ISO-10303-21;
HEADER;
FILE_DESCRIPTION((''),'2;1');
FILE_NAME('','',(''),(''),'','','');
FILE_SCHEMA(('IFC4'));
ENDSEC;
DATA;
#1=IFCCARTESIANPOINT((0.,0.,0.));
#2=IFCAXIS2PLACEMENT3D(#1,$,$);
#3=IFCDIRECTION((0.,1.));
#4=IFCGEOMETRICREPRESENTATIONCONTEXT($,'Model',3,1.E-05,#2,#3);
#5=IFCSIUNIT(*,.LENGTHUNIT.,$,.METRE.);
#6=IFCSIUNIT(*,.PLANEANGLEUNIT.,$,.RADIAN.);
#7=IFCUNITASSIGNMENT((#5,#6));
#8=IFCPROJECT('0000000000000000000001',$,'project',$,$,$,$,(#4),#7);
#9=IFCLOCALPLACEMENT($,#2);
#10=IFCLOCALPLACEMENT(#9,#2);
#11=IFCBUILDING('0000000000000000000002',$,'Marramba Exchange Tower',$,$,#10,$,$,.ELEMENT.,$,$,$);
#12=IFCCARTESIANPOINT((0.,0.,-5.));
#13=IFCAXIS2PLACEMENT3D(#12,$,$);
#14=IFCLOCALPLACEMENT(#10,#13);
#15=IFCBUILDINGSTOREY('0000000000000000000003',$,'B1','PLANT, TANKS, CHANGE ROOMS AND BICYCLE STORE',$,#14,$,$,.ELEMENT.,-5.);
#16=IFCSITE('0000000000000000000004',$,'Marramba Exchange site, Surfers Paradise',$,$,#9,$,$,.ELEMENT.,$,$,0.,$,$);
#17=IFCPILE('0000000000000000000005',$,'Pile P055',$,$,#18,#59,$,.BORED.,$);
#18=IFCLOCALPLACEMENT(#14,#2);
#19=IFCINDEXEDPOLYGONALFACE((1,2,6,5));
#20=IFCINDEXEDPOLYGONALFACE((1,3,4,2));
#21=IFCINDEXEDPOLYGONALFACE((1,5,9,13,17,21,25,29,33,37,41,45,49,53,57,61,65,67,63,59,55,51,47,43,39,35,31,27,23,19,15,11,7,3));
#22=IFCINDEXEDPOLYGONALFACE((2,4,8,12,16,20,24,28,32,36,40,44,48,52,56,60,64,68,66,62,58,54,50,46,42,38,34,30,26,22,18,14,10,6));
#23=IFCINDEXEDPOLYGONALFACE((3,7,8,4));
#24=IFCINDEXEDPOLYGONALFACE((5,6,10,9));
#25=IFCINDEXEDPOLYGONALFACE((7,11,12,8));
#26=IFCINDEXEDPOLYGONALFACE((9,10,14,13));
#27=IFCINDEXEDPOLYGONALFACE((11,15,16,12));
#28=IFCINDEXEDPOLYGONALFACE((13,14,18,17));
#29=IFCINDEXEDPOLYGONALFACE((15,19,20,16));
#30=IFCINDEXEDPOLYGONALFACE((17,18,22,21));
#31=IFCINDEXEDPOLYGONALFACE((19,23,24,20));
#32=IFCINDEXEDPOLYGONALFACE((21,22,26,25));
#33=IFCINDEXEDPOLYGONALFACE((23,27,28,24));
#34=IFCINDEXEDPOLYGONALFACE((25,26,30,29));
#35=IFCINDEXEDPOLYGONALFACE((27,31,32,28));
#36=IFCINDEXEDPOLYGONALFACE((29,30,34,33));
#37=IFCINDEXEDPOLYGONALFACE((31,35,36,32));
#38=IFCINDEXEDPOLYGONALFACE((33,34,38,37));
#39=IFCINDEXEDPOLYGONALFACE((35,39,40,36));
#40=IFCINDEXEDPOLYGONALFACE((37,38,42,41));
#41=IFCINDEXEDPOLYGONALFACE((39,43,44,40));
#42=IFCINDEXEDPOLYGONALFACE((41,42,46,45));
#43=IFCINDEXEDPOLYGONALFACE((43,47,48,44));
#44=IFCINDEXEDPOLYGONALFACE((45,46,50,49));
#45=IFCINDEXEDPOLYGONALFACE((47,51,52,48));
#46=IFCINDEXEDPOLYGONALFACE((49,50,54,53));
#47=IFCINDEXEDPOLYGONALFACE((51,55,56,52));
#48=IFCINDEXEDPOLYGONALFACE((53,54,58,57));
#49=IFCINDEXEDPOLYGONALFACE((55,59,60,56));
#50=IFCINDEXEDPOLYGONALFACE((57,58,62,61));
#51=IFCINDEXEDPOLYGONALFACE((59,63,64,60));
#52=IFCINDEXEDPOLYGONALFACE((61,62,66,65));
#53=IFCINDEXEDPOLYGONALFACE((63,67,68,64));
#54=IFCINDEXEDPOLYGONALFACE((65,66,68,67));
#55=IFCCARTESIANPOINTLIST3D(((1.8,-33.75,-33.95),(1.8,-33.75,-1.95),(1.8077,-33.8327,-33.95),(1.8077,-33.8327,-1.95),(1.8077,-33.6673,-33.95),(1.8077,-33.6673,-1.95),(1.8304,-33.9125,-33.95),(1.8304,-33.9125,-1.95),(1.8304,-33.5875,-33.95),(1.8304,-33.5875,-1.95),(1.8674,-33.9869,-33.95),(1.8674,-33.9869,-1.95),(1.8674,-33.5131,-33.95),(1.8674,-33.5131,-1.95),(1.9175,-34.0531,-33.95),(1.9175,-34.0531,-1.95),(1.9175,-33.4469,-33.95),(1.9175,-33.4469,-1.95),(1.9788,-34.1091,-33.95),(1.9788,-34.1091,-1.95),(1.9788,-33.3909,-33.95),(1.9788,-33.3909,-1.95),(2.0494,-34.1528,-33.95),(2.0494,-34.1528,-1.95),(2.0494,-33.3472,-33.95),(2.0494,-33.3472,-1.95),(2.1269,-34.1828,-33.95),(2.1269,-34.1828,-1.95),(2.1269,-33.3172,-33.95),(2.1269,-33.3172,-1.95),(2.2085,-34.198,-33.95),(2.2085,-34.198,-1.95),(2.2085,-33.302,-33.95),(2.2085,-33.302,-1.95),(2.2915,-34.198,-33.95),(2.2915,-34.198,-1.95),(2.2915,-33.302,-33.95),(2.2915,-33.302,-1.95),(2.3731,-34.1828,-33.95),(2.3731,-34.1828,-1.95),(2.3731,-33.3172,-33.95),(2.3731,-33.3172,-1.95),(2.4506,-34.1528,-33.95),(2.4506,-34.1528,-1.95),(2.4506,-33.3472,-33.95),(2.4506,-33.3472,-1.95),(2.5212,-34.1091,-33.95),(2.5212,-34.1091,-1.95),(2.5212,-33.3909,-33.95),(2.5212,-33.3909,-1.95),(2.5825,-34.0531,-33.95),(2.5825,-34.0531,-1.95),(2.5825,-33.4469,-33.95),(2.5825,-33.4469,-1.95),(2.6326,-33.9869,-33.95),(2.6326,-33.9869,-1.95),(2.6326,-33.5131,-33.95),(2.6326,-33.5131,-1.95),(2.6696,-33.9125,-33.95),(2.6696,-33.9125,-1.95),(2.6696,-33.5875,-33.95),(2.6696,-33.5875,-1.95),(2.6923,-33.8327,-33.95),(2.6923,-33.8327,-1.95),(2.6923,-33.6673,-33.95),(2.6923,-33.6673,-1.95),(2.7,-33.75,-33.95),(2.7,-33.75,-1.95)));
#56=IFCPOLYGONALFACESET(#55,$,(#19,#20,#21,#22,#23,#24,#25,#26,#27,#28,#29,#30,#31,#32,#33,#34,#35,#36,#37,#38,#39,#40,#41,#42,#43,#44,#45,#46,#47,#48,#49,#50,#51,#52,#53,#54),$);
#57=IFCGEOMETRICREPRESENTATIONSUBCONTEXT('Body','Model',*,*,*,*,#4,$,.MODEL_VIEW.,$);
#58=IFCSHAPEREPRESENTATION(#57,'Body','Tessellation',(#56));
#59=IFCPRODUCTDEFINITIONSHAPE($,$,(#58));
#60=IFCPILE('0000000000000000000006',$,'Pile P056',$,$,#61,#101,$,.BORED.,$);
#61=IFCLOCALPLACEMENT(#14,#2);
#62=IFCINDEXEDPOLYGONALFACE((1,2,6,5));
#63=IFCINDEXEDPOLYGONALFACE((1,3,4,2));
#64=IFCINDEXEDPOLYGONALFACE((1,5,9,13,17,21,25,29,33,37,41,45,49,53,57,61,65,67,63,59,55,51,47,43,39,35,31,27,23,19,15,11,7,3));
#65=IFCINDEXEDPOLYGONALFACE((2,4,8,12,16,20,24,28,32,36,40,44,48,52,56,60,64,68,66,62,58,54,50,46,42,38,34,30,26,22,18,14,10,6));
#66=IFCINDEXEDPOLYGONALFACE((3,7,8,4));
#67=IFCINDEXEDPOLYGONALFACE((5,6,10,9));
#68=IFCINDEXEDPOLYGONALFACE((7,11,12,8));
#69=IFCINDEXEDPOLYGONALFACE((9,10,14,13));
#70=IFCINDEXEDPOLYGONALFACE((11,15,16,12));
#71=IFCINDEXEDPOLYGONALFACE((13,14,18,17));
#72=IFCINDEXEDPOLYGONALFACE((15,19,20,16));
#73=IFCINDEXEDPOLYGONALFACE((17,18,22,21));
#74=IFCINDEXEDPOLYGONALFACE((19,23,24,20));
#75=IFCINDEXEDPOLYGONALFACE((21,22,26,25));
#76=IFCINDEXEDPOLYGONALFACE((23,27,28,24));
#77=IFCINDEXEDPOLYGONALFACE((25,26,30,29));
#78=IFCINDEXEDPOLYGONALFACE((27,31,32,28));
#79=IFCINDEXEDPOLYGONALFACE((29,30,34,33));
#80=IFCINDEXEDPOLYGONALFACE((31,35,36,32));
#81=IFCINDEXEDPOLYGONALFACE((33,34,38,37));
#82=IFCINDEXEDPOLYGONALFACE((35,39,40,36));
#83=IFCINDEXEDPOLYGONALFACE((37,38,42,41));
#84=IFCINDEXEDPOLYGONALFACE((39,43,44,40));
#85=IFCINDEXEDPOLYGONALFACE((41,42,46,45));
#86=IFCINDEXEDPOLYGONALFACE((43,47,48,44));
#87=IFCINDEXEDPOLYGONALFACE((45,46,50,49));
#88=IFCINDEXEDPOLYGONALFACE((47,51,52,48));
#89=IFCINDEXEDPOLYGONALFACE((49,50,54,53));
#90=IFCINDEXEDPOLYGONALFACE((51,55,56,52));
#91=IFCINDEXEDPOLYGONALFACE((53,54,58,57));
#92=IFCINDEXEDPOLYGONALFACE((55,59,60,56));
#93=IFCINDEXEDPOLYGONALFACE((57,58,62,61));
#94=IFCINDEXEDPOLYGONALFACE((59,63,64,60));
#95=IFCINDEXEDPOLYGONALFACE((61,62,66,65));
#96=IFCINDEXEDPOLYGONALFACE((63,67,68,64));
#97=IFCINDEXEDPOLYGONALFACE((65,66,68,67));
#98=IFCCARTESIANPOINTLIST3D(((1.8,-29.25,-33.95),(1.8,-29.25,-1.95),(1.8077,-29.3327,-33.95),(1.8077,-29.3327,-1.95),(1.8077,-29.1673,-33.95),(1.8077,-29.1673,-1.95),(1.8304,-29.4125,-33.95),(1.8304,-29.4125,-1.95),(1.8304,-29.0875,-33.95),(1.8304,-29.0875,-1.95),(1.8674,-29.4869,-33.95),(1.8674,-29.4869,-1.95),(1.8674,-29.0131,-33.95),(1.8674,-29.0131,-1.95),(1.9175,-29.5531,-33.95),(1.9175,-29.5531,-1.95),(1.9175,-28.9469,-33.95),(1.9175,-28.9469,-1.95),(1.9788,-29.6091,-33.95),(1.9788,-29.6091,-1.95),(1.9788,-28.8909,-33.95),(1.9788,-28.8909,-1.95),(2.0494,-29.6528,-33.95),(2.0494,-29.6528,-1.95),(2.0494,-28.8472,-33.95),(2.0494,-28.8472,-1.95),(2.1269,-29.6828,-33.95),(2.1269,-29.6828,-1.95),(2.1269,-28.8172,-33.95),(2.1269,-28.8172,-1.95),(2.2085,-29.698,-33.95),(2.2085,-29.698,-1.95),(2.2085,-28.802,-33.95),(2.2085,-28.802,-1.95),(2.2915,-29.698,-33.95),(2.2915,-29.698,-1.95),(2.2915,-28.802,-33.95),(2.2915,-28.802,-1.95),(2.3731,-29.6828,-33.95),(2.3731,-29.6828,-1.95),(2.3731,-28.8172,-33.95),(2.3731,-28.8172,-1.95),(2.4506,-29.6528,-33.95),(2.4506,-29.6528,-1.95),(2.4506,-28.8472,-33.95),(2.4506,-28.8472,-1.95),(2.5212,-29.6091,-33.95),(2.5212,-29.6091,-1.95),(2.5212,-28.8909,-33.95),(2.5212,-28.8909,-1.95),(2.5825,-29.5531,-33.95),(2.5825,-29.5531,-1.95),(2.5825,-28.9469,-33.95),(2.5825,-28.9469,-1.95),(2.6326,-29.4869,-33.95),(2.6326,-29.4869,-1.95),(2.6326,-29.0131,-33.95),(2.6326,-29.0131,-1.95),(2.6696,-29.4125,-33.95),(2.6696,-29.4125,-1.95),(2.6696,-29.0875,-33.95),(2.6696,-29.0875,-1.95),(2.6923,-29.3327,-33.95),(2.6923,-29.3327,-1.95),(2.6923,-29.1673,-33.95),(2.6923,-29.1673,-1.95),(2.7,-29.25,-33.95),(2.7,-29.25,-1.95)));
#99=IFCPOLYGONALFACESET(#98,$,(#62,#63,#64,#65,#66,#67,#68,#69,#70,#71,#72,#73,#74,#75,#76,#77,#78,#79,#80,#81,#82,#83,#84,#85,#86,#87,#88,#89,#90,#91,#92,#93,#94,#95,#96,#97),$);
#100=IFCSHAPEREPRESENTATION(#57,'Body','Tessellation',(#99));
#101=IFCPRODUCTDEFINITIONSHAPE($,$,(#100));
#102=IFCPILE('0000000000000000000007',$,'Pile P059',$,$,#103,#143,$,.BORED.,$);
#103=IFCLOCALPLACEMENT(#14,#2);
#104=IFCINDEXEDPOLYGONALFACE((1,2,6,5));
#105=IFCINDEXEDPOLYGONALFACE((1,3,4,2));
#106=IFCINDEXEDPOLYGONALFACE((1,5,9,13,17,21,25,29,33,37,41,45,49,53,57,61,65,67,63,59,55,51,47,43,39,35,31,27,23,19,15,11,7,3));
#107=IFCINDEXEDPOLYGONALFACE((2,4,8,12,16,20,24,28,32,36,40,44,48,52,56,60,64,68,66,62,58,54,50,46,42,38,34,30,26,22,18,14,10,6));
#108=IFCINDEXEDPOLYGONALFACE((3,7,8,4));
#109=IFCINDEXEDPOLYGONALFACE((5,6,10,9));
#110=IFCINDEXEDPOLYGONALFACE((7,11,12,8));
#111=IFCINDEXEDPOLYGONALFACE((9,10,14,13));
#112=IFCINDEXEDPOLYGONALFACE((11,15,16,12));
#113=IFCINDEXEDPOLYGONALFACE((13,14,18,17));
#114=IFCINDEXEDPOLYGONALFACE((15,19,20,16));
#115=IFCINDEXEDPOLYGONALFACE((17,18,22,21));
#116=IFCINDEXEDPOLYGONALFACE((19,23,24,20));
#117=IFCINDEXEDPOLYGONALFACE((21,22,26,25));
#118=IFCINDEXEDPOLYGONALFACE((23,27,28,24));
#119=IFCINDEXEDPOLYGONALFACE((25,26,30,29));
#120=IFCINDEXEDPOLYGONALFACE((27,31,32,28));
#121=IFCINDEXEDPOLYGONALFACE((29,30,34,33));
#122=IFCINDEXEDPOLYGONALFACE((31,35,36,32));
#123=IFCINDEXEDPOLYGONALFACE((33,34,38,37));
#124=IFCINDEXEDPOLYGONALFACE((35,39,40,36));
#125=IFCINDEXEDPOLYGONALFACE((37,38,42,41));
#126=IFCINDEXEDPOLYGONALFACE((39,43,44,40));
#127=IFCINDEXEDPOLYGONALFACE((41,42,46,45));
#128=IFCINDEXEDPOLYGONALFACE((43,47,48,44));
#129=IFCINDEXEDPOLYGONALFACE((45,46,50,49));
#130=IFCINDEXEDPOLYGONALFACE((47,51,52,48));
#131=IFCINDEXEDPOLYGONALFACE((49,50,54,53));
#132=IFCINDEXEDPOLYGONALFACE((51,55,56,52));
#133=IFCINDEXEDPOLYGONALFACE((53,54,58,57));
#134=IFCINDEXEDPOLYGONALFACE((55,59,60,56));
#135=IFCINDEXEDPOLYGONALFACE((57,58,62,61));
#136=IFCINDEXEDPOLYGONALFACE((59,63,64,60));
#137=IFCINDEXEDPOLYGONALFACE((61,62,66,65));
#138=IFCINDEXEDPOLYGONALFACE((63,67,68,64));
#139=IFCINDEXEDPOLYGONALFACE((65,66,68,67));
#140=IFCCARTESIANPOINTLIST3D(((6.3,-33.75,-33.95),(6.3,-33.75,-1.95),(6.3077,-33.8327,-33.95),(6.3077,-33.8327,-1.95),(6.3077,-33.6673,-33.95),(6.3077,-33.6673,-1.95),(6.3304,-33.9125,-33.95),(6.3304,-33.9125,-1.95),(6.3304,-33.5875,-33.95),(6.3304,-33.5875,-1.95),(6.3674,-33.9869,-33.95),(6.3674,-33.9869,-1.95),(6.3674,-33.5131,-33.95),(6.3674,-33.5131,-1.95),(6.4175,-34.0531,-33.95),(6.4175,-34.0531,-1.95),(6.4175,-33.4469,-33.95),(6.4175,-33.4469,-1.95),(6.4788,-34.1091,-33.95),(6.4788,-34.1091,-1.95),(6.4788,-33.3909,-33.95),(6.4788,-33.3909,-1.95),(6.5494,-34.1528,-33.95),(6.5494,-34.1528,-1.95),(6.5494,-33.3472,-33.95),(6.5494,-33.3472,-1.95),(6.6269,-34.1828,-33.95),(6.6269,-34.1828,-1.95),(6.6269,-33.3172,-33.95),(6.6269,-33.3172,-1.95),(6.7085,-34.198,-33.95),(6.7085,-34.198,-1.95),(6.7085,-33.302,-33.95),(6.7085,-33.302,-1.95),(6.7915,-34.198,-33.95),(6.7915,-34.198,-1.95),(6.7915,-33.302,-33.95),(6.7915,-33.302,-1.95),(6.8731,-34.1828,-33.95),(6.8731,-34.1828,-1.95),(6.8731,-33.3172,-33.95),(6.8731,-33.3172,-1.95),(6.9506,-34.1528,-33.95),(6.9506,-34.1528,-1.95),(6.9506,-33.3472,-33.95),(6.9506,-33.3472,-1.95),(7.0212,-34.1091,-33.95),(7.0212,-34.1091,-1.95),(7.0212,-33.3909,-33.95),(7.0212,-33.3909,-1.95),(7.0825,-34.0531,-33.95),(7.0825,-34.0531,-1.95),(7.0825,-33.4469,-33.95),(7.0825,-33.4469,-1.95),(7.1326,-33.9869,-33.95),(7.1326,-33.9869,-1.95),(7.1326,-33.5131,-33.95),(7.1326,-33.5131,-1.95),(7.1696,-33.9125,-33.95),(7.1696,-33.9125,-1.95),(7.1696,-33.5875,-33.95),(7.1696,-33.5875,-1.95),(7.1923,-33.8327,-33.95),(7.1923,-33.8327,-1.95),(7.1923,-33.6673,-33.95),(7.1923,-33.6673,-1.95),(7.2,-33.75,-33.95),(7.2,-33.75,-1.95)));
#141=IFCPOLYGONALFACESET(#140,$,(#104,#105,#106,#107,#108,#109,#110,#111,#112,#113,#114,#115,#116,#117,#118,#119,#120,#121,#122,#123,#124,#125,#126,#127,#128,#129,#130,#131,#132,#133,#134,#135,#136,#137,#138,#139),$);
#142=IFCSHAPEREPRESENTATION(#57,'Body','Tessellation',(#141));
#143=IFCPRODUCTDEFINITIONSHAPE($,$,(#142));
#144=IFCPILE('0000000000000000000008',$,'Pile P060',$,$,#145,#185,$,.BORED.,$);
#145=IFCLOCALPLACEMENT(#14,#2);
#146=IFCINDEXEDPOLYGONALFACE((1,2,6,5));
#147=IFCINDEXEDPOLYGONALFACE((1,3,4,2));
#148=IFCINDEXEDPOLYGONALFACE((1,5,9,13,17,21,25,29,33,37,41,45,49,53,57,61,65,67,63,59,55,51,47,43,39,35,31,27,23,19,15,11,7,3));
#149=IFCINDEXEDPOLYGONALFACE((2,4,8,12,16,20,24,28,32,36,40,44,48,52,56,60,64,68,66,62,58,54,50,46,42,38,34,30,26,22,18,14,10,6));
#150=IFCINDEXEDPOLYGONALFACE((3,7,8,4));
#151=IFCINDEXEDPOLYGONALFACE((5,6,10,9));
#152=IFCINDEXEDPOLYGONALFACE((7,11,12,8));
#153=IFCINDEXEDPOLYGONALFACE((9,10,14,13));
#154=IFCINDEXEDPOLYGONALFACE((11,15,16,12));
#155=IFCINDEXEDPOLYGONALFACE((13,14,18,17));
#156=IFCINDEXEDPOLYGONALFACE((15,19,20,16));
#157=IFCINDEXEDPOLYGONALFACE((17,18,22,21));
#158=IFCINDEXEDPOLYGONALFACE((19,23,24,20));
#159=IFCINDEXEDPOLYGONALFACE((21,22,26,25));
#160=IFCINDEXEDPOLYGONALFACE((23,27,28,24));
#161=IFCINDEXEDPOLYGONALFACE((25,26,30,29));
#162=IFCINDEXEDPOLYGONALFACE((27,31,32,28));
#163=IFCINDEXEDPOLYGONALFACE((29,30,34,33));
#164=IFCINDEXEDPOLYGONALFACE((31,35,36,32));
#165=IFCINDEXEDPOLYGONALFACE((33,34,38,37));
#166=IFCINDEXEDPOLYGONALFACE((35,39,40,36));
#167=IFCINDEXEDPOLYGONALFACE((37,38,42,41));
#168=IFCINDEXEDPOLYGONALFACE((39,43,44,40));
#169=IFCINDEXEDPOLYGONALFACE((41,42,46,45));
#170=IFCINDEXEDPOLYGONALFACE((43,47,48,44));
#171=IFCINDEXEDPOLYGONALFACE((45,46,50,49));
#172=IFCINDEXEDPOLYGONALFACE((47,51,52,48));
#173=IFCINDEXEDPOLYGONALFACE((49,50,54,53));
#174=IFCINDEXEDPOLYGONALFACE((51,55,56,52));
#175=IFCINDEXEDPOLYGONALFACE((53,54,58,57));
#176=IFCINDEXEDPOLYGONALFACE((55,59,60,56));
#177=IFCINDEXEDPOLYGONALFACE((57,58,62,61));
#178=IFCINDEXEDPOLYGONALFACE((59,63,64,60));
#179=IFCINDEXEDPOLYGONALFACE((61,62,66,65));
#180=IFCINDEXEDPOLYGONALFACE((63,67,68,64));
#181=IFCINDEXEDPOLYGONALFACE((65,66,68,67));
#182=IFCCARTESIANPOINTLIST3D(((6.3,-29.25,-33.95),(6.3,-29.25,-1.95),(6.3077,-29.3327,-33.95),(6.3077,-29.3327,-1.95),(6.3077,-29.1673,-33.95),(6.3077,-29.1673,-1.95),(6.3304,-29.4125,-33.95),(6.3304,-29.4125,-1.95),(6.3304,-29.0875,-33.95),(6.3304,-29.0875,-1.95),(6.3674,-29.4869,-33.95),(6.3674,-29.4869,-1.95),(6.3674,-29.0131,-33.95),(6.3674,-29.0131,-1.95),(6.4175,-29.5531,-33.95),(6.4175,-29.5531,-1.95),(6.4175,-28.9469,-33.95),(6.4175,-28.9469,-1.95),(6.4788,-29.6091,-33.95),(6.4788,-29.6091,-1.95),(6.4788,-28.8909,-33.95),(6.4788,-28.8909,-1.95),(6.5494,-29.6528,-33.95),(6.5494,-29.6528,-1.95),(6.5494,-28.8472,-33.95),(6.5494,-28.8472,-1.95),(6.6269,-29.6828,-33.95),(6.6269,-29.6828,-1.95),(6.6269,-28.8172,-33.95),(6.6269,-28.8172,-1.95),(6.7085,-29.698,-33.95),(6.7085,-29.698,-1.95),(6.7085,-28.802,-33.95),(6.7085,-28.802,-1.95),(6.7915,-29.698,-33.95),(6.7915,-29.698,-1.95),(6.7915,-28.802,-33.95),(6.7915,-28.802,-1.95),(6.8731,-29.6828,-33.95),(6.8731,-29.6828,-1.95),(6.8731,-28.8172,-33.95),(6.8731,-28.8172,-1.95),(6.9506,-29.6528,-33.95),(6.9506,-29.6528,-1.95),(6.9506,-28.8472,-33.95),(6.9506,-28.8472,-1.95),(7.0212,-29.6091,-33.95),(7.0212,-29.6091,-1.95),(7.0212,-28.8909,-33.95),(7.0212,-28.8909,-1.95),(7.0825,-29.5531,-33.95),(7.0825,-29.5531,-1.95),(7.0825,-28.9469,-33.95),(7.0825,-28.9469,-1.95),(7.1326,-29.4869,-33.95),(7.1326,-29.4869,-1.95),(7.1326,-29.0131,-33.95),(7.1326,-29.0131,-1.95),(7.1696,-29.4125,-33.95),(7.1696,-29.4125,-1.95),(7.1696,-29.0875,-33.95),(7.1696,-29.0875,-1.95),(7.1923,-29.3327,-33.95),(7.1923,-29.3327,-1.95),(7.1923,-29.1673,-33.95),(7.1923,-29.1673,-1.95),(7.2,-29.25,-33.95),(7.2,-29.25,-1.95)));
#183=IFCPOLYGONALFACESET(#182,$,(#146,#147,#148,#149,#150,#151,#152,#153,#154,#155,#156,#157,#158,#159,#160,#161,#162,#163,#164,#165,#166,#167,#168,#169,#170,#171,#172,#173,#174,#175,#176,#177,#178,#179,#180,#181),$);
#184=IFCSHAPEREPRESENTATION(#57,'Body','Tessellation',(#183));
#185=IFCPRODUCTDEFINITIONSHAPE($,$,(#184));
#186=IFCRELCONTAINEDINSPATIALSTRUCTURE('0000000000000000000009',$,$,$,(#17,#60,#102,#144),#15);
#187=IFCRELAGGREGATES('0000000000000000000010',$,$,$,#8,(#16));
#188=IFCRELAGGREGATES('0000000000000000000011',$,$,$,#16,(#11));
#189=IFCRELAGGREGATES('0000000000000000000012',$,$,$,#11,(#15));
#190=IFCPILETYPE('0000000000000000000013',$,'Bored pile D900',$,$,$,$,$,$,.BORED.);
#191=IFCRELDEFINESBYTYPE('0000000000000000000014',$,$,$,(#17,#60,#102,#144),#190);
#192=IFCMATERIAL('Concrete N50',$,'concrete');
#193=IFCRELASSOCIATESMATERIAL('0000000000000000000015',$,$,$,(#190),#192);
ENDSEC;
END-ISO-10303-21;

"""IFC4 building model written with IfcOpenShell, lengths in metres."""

from ifc_helpers import new_model, si_unit, direction, frame, origin, origin_2d, place, context, subcontext, project, spatial, circle, extrude, material, material_profile, profile_set, type_object, element, save


model = new_model("IFC4")

# Units and contexts
model_context = context("Model", 3, precision=1e-05, world=origin(), true_north=direction((0.0, 1.0)))
body_context = subcontext(model_context, "Body", "Model", "MODEL_VIEW")
ifc_project = project(units=[si_unit("LENGTHUNIT", "METRE"), si_unit("PLANEANGLEUNIT", "RADIAN")], contexts=[model_context])

# Site, building, storey
site_placement = place(None, origin())
site = spatial("IfcSite", under=ifc_project, at=site_placement, Name="Marramba Exchange site, Surfers Paradise", CompositionType="ELEMENT", RefElevation=0.0)
building_placement = place(site_placement, origin())
building = spatial("IfcBuilding", under=site, at=building_placement, Name="Marramba Exchange Tower", CompositionType="ELEMENT")
storey_placement = place(building_placement, frame((0.0, 0.0, -5.0)))
storey = spatial("IfcBuildingStorey", under=building, at=storey_placement, Name="B1", Description="PLANT, TANKS, CHANGE ROOMS AND BICYCLE STORE", CompositionType="ELEMENT", Elevation=-5.0)

# Piles
ifc_material_1 = material(Name="Concrete N50", Category="concrete")
ifc_material_profile_1 = material_profile(ifc_material_1, circle(Radius=0.45, at=origin_2d()), Name="BP D900")
ifc_profile_set_1 = profile_set([ifc_material_profile_1], Name="Concrete N50")
pile_type = type_object("IfcPileType", Name="Bored pile D900", PredefinedType="BORED", material=ifc_profile_set_1)
for number, where, z_axis, x_axis, name in (
    (1, (2.25, -33.75, -1.95), (0.0, 0.0, -1.0), (1.0, 0.0, 0.0), "Pile P055"),
    (2, (2.25, -29.25, -1.95), (0.0, 0.0, -1.0), (1.0, 0.0, 0.0), "Pile P056"),
    (3, (6.75, -33.75, -1.95), (0.0, 0.0, -1.0), (1.0, 0.0, 0.0), "Pile P059"),
    (4, (6.75, -29.25, -1.95), (0.0, 0.0, -1.0), (1.0, 0.0, 0.0), "Pile P060"),
):
    element("IfcPile", number, at=place(storey_placement, frame(where, z_axis=z_axis, x_axis=x_axis)), inside=storey, type_object=pile_type, Name=name, PredefinedType="BORED", context=body_context, shape_type="SweptSolid", body=[
        extrude(circle(Radius=0.45, at=origin_2d()), origin(), (0.0, 0.0, 1.0), 32.0),
    ])

save(model, "model.ifc")
